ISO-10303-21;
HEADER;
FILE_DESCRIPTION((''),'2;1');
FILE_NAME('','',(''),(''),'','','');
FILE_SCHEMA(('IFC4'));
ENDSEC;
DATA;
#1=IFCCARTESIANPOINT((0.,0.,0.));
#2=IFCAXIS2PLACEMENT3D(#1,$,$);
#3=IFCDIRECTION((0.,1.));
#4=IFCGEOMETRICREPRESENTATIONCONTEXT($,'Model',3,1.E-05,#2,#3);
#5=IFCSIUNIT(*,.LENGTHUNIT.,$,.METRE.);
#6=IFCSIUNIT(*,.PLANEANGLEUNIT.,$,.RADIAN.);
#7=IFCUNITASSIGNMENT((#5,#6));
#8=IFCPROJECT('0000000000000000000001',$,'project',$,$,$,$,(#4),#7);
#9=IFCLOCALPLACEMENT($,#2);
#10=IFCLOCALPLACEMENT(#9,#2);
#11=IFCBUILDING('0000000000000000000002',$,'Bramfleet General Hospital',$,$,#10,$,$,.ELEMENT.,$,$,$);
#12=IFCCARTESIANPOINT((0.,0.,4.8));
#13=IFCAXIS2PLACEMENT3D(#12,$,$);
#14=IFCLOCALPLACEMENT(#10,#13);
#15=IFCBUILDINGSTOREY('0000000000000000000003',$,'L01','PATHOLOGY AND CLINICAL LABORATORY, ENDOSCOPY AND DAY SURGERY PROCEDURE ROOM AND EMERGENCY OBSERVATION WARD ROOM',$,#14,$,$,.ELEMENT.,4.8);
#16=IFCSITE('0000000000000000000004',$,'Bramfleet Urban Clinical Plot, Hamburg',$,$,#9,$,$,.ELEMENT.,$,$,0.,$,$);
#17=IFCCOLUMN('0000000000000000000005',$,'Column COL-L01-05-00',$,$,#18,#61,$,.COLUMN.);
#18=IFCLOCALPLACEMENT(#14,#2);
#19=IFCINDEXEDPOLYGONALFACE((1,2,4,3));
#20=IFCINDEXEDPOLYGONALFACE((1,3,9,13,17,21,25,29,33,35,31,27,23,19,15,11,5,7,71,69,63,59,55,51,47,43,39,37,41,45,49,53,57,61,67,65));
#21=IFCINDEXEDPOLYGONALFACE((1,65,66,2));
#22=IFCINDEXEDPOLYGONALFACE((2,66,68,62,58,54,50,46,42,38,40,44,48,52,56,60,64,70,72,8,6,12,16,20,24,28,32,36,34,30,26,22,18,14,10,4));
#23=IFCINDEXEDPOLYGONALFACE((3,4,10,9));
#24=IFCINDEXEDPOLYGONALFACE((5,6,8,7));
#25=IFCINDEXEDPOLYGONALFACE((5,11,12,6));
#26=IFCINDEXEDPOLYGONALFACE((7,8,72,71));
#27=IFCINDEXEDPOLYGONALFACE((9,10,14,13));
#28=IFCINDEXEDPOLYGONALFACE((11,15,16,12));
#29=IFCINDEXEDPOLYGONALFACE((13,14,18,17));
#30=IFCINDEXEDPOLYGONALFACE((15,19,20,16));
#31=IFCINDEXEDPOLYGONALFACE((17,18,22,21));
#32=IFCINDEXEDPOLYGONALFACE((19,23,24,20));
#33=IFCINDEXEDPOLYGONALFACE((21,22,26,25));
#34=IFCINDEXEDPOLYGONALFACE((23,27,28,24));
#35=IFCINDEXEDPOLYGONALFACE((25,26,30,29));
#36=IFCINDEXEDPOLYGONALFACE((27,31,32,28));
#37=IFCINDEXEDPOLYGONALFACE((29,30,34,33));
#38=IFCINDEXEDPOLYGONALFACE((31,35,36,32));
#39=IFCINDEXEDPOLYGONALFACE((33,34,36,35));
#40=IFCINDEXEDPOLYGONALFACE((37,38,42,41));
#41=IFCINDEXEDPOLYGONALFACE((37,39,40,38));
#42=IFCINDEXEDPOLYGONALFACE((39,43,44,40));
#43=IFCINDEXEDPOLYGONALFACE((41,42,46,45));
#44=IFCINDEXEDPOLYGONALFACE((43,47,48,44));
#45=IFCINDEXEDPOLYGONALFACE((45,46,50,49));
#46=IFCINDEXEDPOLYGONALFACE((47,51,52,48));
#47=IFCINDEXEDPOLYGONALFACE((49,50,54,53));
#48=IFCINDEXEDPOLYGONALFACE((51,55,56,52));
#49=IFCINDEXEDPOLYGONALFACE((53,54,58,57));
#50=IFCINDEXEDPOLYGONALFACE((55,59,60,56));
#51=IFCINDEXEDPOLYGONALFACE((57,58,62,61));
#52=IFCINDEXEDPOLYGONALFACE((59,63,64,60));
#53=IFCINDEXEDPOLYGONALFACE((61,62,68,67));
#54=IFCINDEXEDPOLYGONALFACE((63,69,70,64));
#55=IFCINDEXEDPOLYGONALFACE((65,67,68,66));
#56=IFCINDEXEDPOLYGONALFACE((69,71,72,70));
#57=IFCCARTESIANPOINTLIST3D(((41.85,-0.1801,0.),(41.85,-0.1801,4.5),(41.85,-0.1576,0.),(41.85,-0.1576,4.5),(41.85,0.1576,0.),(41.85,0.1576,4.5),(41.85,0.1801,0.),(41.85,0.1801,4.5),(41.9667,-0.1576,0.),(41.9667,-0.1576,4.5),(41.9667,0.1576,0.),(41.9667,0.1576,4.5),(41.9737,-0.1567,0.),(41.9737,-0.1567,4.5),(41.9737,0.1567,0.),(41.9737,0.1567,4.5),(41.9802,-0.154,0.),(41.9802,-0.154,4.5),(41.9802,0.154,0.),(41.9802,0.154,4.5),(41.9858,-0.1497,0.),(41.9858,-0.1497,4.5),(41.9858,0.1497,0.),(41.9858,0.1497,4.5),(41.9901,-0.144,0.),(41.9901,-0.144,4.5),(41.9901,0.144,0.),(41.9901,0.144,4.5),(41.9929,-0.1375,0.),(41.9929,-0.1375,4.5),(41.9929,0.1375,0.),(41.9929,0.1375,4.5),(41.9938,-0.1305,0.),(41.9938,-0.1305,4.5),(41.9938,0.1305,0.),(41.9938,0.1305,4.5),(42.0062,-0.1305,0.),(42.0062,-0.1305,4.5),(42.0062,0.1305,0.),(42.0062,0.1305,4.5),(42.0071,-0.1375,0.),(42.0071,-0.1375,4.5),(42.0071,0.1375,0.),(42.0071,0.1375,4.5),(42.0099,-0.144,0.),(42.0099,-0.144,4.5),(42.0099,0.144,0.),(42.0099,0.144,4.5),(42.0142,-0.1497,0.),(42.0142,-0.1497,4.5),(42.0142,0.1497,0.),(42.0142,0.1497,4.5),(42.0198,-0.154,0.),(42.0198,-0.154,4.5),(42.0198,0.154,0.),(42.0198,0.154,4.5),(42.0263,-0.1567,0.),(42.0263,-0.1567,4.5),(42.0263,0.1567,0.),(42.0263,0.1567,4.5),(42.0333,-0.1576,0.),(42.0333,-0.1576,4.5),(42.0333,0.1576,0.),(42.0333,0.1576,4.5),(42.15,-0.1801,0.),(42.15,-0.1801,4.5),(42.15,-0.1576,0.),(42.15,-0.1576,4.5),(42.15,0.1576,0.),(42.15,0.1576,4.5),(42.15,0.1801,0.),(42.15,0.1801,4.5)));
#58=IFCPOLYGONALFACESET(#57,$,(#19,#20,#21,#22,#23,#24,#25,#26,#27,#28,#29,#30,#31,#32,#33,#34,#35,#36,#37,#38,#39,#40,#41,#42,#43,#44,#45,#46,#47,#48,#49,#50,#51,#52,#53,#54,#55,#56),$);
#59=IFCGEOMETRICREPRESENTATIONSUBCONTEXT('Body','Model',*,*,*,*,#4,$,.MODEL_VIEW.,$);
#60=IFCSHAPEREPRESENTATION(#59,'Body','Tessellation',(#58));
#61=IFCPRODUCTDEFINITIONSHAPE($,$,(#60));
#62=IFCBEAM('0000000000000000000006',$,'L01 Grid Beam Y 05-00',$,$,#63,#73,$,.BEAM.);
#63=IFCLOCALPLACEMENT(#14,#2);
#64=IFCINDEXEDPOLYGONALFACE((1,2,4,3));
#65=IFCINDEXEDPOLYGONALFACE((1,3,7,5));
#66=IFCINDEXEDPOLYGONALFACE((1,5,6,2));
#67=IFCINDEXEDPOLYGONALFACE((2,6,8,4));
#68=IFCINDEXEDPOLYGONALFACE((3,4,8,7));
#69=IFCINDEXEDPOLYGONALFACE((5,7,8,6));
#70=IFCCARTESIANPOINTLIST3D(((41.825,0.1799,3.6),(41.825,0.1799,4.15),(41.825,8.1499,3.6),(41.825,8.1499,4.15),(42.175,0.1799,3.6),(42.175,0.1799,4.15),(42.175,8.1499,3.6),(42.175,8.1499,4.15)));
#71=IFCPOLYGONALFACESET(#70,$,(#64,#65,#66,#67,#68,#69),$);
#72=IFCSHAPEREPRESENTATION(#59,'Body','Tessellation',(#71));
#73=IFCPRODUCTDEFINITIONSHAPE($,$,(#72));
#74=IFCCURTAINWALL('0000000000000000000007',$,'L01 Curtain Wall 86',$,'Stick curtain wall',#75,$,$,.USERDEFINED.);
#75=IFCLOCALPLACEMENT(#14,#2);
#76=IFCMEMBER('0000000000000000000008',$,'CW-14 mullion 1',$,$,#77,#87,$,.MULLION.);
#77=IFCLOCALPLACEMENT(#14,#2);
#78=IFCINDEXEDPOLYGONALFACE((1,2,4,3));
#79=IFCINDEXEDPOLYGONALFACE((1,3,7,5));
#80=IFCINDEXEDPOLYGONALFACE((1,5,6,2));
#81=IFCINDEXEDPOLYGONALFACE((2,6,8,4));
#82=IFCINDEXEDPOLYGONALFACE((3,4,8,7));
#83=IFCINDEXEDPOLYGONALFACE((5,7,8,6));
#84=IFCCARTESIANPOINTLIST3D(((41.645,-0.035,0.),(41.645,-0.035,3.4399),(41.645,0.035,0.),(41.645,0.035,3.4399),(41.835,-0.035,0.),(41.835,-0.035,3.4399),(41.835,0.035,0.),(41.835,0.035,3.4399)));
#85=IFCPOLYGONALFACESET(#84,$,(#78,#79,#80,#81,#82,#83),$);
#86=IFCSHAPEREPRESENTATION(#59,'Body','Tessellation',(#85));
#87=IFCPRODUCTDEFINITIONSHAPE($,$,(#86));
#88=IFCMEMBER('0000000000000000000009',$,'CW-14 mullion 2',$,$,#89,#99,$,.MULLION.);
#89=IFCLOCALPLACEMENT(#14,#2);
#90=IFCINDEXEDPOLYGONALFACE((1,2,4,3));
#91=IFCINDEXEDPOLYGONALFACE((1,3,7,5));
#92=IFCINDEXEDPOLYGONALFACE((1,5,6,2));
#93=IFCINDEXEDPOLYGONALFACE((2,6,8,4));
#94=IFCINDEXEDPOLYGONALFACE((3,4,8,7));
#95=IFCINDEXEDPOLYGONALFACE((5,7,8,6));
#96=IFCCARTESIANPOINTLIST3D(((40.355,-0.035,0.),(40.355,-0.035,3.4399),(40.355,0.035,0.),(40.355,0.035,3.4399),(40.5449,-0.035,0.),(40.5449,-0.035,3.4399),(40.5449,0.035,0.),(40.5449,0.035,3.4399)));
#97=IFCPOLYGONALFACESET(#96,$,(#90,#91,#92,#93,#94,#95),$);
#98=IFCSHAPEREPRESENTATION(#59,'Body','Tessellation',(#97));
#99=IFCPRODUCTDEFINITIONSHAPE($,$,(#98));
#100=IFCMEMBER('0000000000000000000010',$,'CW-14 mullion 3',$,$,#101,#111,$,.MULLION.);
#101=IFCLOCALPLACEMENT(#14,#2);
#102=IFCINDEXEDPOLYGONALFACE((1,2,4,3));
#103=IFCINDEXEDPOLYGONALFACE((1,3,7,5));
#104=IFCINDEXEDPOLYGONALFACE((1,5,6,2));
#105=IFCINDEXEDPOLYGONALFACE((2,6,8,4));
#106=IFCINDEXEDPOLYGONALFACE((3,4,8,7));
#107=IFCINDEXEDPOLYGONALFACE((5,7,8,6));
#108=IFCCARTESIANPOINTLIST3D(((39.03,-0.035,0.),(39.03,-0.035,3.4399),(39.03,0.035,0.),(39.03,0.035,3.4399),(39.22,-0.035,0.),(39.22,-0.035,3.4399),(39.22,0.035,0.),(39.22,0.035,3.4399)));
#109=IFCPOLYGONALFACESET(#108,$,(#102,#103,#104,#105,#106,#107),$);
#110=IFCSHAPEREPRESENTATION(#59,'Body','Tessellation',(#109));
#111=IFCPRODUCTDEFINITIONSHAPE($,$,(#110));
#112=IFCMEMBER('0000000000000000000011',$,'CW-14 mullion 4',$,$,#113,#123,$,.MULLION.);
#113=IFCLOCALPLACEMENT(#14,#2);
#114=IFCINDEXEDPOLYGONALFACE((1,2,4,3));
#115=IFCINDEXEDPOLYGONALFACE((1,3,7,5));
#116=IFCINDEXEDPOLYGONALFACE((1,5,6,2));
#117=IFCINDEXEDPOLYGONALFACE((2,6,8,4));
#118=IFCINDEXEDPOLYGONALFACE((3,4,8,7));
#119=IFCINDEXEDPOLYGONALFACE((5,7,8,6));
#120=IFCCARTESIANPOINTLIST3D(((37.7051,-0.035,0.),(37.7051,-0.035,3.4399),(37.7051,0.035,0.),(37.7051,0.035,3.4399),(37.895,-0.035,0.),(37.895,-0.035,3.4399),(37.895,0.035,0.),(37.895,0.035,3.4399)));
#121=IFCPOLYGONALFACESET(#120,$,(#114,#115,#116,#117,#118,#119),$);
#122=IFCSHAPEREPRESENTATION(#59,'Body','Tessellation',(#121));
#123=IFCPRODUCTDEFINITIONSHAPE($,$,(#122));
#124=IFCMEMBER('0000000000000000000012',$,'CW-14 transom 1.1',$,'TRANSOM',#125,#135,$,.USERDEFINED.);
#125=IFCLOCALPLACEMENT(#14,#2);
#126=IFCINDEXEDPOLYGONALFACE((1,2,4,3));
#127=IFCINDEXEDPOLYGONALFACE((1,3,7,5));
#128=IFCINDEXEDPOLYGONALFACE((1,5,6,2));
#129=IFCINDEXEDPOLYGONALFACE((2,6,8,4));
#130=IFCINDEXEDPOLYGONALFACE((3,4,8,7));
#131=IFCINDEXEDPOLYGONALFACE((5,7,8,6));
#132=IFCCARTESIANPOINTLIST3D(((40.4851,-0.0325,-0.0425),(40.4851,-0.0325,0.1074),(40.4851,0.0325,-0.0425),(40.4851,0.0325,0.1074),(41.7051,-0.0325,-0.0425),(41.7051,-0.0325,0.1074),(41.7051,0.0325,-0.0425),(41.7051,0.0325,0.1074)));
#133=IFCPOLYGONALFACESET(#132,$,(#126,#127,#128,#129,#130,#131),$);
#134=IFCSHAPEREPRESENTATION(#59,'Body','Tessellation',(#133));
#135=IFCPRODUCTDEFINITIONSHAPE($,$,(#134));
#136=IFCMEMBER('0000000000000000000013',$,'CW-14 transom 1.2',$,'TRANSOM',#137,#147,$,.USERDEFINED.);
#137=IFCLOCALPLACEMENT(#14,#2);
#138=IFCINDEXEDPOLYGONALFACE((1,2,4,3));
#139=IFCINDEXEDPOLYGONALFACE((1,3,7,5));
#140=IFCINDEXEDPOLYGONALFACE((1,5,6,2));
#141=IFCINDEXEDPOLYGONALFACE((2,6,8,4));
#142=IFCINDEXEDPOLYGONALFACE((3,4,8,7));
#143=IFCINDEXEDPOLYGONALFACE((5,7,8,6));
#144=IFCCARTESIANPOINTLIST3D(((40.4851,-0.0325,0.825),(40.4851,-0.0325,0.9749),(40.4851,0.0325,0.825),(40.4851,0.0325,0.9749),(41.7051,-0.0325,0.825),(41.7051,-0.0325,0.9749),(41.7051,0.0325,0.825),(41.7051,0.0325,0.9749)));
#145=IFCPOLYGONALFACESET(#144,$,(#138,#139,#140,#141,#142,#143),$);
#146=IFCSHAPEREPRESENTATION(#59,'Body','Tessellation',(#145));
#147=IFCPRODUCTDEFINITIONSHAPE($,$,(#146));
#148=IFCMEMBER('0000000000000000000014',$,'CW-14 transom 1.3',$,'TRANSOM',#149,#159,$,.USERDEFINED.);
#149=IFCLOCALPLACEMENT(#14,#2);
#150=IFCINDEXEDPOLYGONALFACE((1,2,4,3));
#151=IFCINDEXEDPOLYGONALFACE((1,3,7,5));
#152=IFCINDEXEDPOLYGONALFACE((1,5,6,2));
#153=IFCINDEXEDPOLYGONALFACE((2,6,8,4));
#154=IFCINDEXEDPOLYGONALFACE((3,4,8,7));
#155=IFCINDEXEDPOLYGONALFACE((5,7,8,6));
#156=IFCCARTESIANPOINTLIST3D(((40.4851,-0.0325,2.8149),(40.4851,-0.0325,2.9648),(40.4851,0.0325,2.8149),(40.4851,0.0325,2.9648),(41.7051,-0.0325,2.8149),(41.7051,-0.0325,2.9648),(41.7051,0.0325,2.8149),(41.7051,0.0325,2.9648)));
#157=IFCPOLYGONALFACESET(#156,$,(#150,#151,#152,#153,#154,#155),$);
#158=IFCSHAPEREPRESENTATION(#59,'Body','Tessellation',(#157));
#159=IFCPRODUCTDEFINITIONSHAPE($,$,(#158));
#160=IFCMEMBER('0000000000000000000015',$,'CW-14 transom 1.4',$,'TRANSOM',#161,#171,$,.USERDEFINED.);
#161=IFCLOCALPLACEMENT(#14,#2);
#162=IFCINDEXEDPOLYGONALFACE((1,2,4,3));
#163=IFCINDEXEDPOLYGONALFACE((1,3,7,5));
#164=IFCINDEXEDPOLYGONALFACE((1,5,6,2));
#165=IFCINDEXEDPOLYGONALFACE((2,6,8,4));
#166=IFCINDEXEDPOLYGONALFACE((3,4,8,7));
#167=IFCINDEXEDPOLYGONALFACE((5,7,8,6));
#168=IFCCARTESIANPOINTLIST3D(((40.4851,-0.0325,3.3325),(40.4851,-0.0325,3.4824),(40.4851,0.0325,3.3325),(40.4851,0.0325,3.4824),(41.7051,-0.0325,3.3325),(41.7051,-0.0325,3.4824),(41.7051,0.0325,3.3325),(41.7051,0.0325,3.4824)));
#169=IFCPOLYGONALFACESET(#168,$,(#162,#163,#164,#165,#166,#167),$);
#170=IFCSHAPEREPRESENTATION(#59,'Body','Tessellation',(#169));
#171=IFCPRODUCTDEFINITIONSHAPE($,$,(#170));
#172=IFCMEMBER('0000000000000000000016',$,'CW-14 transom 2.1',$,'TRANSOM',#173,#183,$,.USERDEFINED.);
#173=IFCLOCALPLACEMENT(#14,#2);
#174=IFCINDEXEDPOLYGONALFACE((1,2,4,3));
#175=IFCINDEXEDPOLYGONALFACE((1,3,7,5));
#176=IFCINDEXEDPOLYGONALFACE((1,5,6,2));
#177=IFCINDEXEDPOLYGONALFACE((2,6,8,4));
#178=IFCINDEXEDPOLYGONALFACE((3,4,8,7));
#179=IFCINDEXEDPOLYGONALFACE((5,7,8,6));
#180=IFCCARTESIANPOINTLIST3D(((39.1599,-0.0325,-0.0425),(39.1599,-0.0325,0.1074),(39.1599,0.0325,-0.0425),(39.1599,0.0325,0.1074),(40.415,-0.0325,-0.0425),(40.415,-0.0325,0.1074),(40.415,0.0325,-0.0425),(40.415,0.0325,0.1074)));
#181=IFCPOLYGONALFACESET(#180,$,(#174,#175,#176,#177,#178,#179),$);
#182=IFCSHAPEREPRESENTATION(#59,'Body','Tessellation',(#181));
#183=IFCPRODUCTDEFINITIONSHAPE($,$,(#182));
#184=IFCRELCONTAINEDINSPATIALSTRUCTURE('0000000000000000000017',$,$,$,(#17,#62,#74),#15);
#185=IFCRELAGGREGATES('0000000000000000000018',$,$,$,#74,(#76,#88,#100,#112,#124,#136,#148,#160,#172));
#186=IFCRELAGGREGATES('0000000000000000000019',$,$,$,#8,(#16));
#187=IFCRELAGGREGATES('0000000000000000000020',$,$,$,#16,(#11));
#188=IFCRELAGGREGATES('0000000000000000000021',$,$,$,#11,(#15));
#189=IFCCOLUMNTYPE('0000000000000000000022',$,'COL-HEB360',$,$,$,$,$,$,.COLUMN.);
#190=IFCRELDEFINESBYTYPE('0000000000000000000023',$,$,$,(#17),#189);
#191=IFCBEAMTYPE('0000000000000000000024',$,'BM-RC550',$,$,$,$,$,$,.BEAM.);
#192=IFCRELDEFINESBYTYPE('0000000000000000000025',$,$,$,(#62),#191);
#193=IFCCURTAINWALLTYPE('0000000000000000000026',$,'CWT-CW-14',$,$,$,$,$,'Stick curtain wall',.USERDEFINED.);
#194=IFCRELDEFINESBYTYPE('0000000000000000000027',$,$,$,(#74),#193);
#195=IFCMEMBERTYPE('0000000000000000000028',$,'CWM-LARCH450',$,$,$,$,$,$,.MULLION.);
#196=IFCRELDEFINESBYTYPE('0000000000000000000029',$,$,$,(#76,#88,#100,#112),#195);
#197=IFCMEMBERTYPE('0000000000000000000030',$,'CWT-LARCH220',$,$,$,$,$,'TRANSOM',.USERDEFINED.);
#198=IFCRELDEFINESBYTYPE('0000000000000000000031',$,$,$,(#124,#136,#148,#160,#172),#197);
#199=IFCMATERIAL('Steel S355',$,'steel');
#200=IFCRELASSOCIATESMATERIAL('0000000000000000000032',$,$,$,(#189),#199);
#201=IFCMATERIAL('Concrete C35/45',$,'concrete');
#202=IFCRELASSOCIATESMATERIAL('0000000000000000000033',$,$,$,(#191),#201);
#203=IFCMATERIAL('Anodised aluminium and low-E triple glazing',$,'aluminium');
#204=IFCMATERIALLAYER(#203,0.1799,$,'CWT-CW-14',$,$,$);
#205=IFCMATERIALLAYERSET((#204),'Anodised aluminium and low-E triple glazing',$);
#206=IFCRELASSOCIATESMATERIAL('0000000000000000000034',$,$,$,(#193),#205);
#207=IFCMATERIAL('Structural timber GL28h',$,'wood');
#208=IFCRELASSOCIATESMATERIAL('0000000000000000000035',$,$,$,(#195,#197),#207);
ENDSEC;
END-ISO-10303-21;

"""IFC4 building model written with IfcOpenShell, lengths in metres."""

from ifc_helpers import new_model, si_unit, direction, frame, origin, origin_2d, place, context, subcontext, project, spatial, rectangle, i_section, extrude, material, layer, layer_set, material_profile, profile_set, type_object, element, aggregate, save


model = new_model("IFC4")

# Units and contexts
model_context = context("Model", 3, precision=1e-05, world=origin(), true_north=direction((0.0, 1.0)))
body_context = subcontext(model_context, "Body", "Model", "MODEL_VIEW")
ifc_project = project(units=[si_unit("LENGTHUNIT", "METRE"), si_unit("PLANEANGLEUNIT", "RADIAN")], contexts=[model_context])

# Site, building, storey
site_placement = place(None, origin())
site = spatial("IfcSite", under=ifc_project, at=site_placement, Name="Bramfleet Urban Clinical Plot, Hamburg", CompositionType="ELEMENT", RefElevation=0.0)
building_placement = place(site_placement, origin())
building = spatial("IfcBuilding", under=site, at=building_placement, Name="Bramfleet General Hospital", CompositionType="ELEMENT")
storey_placement = place(building_placement, frame((0.0, 0.0, 4.8)))
storey = spatial("IfcBuildingStorey", under=building, at=storey_placement, Name="L01", Description="PATHOLOGY AND CLINICAL LABORATORY, ENDOSCOPY AND DAY SURGERY PROCEDURE ROOM AND EMERGENCY OBSERVATION WARD ROOM", CompositionType="ELEMENT", Elevation=4.8)

# Column
ifc_material_1 = material(Name="Steel S355", Category="steel")
ifc_material_profile_1 = material_profile(ifc_material_1, i_section(OverallWidth=0.3, OverallDepth=0.3601, WebThickness=0.0125, FlangeThickness=0.0225, FilletRadius=0.0271, at=origin_2d()), Name="HEB 360")
ifc_profile_set_1 = profile_set([ifc_material_profile_1], Name="Steel S355")
column_type = type_object("IfcColumnType", Name="COL-HEB360", PredefinedType="COLUMN", material=ifc_profile_set_1)
column_placement = place(storey_placement, frame((42.0, 0.0, 0.0), z_axis=(0.0, 0.0, 1.0), x_axis=(1.0, 0.0, 0.0)))
element("IfcColumn", 1, at=column_placement, inside=storey, type_object=column_type, Name="Column COL-L01-05-00", PredefinedType="COLUMN", context=body_context, shape_type="SweptSolid", body=[
    extrude(i_section(OverallWidth=0.3, OverallDepth=0.3601, WebThickness=0.0125, FlangeThickness=0.0225, FilletRadius=0.0271, at=origin_2d()), origin(), (0.0, 0.0, 1.0), 4.5),
])

# Beam
ifc_material_2 = material(Name="Concrete C35/45", Category="concrete")
ifc_material_profile_2 = material_profile(ifc_material_2, rectangle(XDim=0.3501, YDim=0.55, at=origin_2d()), Name="RC BM 550x350")
ifc_profile_set_2 = profile_set([ifc_material_profile_2], Name="Concrete C35/45")
beam_type = type_object("IfcBeamType", Name="BM-RC550", PredefinedType="BEAM", material=ifc_profile_set_2)
beam_placement = place(storey_placement, frame((42.0, 0.1799, 3.875), z_axis=(0.0, 1.0, 0.0), x_axis=(-1.0, 0.0, 0.0)))
element("IfcBeam", 2, at=beam_placement, inside=storey, type_object=beam_type, Name="L01 Grid Beam Y 05-00", PredefinedType="BEAM", context=body_context, shape_type="SweptSolid", body=[
    extrude(rectangle(XDim=0.3501, YDim=0.55, at=origin_2d()), origin(), (0.0, 0.0, 1.0), 7.97),
])

# Curtain wall, members
ifc_material_3 = material(Name="Anodised aluminium and low-E triple glazing", Category="aluminium")
ifc_layer_1 = layer(ifc_material_3, 0.1799, Name="CWT-CW-14")
ifc_layer_set_1 = layer_set([ifc_layer_1], Name="Anodised aluminium and low-E triple glazing")
curtain_wall_type = type_object("IfcCurtainWallType", Name="CWT-CW-14", ElementType="Stick curtain wall", PredefinedType="USERDEFINED", material=ifc_layer_set_1)
curtain_wall_placement = place(storey_placement, origin())
curtain_wall = element("IfcCurtainWall", 3, at=curtain_wall_placement, inside=storey, type_object=curtain_wall_type, Name="L01 Curtain Wall 86", ObjectType="Stick curtain wall", PredefinedType="USERDEFINED")
ifc_material_4 = material(Name="Structural timber GL28h", Category="wood")
ifc_material_profile_3 = material_profile(ifc_material_4, rectangle(XDim=0.0701, YDim=0.1899, at=origin_2d()), Name="LARCH 190x70")
ifc_profile_set_3 = profile_set([ifc_material_profile_3], Name="Structural timber GL28h")
member_type_1 = type_object("IfcMemberType", Name="CWM-LARCH450", PredefinedType="MULLION", material=ifc_profile_set_3)
member_1_placement = place(storey_placement, frame((41.74, 0.0, 0.0), z_axis=(0.0, 0.0, 1.0), x_axis=(0.0, -1.0, 0.0)))
member_1 = element("IfcMember", 4, at=member_1_placement, type_object=member_type_1, Name="CW-14 mullion 1", PredefinedType="MULLION", context=body_context, shape_type="SweptSolid", body=[
    extrude(rectangle(XDim=0.0701, YDim=0.1899, at=origin_2d()), origin(), (0.0, 0.0, 1.0), 3.4399),
])
member_2_placement = place(storey_placement, frame((40.45, 0.0, 0.0), z_axis=(0.0, 0.0, 1.0), x_axis=(0.0, -1.0, 0.0)))
member_2 = element("IfcMember", 5, at=member_2_placement, type_object=member_type_1, Name="CW-14 mullion 2", PredefinedType="MULLION", context=body_context, shape_type="SweptSolid", body=[
    extrude(rectangle(XDim=0.0701, YDim=0.1899, at=origin_2d()), origin(), (0.0, 0.0, 1.0), 3.4399),
])
member_3_placement = place(storey_placement, frame((39.125, 0.0, 0.0), z_axis=(0.0, 0.0, 1.0), x_axis=(0.0, -1.0, 0.0)))
member_3 = element("IfcMember", 6, at=member_3_placement, type_object=member_type_1, Name="CW-14 mullion 3", PredefinedType="MULLION", context=body_context, shape_type="SweptSolid", body=[
    extrude(rectangle(XDim=0.0701, YDim=0.1899, at=origin_2d()), origin(), (0.0, 0.0, 1.0), 3.4399),
])
member_4_placement = place(storey_placement, frame((37.8, 0.0, 0.0), z_axis=(0.0, 0.0, 1.0), x_axis=(0.0, -1.0, 0.0)))
member_4 = element("IfcMember", 7, at=member_4_placement, type_object=member_type_1, Name="CW-14 mullion 4", PredefinedType="MULLION", context=body_context, shape_type="SweptSolid", body=[
    extrude(rectangle(XDim=0.0701, YDim=0.1899, at=origin_2d()), origin(), (0.0, 0.0, 1.0), 3.4399),
])
ifc_material_profile_4 = material_profile(ifc_material_4, rectangle(XDim=0.0649, YDim=0.1499, at=origin_2d()), Name="LARCH 150x65")
ifc_profile_set_4 = profile_set([ifc_material_profile_4], Name="Structural timber GL28h")
member_type_2 = type_object("IfcMemberType", Name="CWT-LARCH220", ElementType="TRANSOM", PredefinedType="USERDEFINED", material=ifc_profile_set_4)
member_5_placement = place(storey_placement, frame((41.7051, 0.0, 0.0325), z_axis=(-1.0, 0.0, 0.0), x_axis=(0.0, -1.0, 0.0)))
member_5 = element("IfcMember", 8, at=member_5_placement, type_object=member_type_2, Name="CW-14 transom 1.1", ObjectType="TRANSOM", PredefinedType="USERDEFINED", context=body_context, shape_type="SweptSolid", body=[
    extrude(rectangle(XDim=0.0649, YDim=0.1499, at=origin_2d()), origin(), (0.0, 0.0, 1.0), 1.22),
])
member_6_placement = place(storey_placement, frame((41.7051, 0.0, 0.8999), z_axis=(-1.0, 0.0, 0.0), x_axis=(0.0, -1.0, 0.0)))
member_6 = element("IfcMember", 9, at=member_6_placement, type_object=member_type_2, Name="CW-14 transom 1.2", ObjectType="TRANSOM", PredefinedType="USERDEFINED", context=body_context, shape_type="SweptSolid", body=[
    extrude(rectangle(XDim=0.0649, YDim=0.1499, at=origin_2d()), origin(), (0.0, 0.0, 1.0), 1.22),
])
member_7_placement = place(storey_placement, frame((41.7051, 0.0, 2.8899), z_axis=(-1.0, 0.0, 0.0), x_axis=(0.0, -1.0, 0.0)))
member_7 = element("IfcMember", 10, at=member_7_placement, type_object=member_type_2, Name="CW-14 transom 1.3", ObjectType="TRANSOM", PredefinedType="USERDEFINED", context=body_context, shape_type="SweptSolid", body=[
    extrude(rectangle(XDim=0.0649, YDim=0.1499, at=origin_2d()), origin(), (0.0, 0.0, 1.0), 1.22),
])
member_8_placement = place(storey_placement, frame((41.7051, 0.0, 3.4075), z_axis=(-1.0, 0.0, 0.0), x_axis=(0.0, -1.0, 0.0)))
member_8 = element("IfcMember", 11, at=member_8_placement, type_object=member_type_2, Name="CW-14 transom 1.4", ObjectType="TRANSOM", PredefinedType="USERDEFINED", context=body_context, shape_type="SweptSolid", body=[
    extrude(rectangle(XDim=0.0649, YDim=0.1499, at=origin_2d()), origin(), (0.0, 0.0, 1.0), 1.22),
])
member_9_placement = place(storey_placement, frame((40.415, 0.0, 0.0325), z_axis=(-1.0, 0.0, 0.0), x_axis=(0.0, -1.0, 0.0)))
member_9 = element("IfcMember", 12, at=member_9_placement, type_object=member_type_2, Name="CW-14 transom 2.1", ObjectType="TRANSOM", PredefinedType="USERDEFINED", context=body_context, shape_type="SweptSolid", body=[
    extrude(rectangle(XDim=0.0649, YDim=0.1499, at=origin_2d()), origin(), (0.0, 0.0, 1.0), 1.2551),
])
aggregate(curtain_wall, [member_1, member_2, member_3, member_4, member_5, member_6, member_7, member_8, member_9])

save(model, "model.ifc")
